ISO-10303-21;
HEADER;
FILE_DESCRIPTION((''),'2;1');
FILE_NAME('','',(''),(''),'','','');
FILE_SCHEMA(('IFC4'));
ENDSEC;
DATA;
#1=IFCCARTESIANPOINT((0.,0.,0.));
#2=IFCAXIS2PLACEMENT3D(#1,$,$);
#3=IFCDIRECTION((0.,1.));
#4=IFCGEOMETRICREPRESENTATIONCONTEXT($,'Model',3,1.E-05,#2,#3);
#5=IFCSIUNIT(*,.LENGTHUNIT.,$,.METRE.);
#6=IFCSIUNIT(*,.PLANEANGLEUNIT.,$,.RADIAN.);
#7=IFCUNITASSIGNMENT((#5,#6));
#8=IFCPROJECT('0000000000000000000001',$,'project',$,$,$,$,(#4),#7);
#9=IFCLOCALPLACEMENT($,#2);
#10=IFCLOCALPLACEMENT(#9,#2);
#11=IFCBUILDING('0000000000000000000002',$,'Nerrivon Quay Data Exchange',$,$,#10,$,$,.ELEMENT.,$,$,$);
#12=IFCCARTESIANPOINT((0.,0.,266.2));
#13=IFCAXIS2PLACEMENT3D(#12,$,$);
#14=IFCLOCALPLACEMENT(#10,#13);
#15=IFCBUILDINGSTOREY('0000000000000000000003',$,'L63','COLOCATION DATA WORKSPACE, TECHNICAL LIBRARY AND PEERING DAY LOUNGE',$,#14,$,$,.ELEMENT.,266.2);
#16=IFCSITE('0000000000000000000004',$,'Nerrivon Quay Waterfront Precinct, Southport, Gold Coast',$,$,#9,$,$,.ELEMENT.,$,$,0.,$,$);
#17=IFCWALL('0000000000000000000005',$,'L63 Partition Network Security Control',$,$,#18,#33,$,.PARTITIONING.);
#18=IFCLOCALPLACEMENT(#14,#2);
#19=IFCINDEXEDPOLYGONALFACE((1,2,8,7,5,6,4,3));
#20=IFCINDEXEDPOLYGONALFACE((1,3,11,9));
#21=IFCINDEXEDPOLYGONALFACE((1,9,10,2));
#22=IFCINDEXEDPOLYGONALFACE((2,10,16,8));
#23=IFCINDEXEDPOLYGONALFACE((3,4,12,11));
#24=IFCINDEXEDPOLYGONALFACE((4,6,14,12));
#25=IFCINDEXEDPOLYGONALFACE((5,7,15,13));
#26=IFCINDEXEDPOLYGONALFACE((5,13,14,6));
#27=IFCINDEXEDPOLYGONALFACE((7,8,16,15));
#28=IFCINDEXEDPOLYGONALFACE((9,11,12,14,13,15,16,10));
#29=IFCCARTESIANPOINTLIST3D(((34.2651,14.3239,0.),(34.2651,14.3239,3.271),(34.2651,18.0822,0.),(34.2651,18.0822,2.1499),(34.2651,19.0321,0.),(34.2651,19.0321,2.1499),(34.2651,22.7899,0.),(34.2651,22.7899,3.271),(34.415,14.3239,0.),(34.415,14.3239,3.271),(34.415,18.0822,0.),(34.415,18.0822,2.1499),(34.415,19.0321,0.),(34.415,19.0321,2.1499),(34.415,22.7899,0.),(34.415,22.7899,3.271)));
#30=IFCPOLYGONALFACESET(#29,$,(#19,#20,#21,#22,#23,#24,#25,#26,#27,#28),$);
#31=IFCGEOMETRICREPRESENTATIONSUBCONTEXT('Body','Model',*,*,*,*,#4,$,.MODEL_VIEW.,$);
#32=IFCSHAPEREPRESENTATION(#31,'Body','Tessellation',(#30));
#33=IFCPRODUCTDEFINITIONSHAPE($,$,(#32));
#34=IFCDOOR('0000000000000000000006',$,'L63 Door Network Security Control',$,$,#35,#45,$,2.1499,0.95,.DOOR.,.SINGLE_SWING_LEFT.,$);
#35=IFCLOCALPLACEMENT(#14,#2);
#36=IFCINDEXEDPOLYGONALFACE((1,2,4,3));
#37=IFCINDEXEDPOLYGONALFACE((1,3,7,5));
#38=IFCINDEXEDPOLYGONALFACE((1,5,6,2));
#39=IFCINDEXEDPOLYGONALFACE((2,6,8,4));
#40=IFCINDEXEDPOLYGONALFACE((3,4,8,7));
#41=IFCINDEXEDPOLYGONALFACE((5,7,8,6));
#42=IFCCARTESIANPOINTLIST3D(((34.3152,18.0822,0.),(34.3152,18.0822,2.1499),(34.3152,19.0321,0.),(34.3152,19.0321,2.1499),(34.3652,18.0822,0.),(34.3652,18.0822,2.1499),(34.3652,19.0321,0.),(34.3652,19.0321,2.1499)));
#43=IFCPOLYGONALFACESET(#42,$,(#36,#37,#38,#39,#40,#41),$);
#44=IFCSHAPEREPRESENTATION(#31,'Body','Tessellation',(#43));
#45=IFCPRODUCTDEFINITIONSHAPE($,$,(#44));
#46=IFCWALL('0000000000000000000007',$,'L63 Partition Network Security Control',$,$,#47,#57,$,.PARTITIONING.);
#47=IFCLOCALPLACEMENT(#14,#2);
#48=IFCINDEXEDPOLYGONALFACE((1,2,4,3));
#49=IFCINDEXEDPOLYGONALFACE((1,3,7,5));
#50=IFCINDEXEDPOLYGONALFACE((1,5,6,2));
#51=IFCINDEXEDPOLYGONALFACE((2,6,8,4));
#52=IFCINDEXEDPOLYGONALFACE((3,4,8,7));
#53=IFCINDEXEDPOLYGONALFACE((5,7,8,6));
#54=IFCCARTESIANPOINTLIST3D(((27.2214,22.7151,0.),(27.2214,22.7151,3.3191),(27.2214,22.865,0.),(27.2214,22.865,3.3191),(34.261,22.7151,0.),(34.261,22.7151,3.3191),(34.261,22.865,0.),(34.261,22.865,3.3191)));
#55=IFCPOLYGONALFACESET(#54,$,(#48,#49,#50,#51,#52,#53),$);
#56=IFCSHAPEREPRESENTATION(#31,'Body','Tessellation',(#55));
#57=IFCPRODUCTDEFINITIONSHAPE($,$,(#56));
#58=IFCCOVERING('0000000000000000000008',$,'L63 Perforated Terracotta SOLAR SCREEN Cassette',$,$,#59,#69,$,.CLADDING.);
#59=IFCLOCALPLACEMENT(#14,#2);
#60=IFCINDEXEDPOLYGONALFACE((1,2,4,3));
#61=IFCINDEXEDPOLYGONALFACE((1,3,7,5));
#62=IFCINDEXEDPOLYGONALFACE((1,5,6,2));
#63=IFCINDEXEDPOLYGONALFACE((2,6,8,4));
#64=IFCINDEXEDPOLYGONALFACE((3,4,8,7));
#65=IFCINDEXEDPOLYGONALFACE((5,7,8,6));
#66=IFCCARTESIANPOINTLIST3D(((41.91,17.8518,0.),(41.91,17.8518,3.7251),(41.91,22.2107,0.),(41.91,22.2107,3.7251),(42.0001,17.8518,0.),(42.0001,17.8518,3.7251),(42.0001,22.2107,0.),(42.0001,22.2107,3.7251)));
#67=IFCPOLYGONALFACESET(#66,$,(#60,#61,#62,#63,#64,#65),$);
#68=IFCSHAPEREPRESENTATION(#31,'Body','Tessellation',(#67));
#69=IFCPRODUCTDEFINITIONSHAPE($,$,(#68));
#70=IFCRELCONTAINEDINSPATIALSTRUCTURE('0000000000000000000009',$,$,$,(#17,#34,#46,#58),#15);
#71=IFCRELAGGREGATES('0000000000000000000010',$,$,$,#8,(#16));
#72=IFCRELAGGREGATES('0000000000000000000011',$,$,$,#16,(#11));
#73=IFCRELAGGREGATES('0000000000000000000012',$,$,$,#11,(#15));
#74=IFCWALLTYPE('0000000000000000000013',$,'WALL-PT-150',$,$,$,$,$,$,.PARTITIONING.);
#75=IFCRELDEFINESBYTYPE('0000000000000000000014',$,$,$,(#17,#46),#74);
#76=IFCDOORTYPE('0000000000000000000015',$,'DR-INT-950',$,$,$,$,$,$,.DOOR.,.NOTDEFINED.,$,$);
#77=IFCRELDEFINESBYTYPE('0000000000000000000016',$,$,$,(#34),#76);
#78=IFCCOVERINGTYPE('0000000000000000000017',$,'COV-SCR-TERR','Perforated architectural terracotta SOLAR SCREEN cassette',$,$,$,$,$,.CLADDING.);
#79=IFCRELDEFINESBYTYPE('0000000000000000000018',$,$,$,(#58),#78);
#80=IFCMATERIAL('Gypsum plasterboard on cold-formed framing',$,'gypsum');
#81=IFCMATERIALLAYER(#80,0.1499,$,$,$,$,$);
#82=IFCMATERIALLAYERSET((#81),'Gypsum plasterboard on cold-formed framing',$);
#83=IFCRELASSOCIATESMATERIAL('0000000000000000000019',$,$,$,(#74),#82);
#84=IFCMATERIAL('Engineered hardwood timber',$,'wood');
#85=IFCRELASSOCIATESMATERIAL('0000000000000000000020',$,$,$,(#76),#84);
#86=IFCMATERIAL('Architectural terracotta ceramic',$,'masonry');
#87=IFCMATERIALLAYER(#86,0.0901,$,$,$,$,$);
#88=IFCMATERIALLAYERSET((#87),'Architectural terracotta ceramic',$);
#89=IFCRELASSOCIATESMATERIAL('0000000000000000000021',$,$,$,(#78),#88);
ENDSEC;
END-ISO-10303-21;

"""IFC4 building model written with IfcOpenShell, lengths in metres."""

from ifc_helpers import new_model, si_unit, direction, frame, frame_2d, origin, origin_2d, place, context, subcontext, project, spatial, rectangle, extrude, material, layer, layer_set, type_object, element, fill, save


model = new_model("IFC4")

# Units and contexts
model_context = context("Model", 3, precision=1e-05, world=origin(), true_north=direction((0.0, 1.0)))
body_context = subcontext(model_context, "Body", "Model", "MODEL_VIEW")
ifc_project = project(units=[si_unit("LENGTHUNIT", "METRE"), si_unit("PLANEANGLEUNIT", "RADIAN")], contexts=[model_context])

# Site, building, storey
site_placement = place(None, origin())
site = spatial("IfcSite", under=ifc_project, at=site_placement, Name="Nerrivon Quay Waterfront Precinct, Southport, Gold Coast", CompositionType="ELEMENT", RefElevation=0.0)
building_placement = place(site_placement, origin())
building = spatial("IfcBuilding", under=site, at=building_placement, Name="Nerrivon Quay Data Exchange", CompositionType="ELEMENT")
storey_placement = place(building_placement, frame((0.0, 0.0, 266.2)))
storey = spatial("IfcBuildingStorey", under=building, at=storey_placement, Name="L63", Description="COLOCATION DATA WORKSPACE, TECHNICAL LIBRARY AND PEERING DAY LOUNGE", CompositionType="ELEMENT", Elevation=266.2)

# Wall, opening, door
ifc_material_1 = material(Name="Gypsum plasterboard on cold-formed framing", Category="gypsum")
ifc_material_2 = material(Name="Engineered hardwood timber", Category="wood")
ifc_layer_1 = layer(ifc_material_1, 0.1499)
ifc_layer_set_1 = layer_set([ifc_layer_1], Name="Gypsum plasterboard on cold-formed framing")
wall_type_1 = type_object("IfcWallType", Name="WALL-PT-150", PredefinedType="PARTITIONING", material=ifc_layer_set_1)
wall_1_placement = place(storey_placement, frame((34.3401, 14.324, 0.0), z_axis=(0.0, 0.0, 1.0), x_axis=(0.0, 1.0, 0.0)))
wall_1 = element("IfcWall", 1, at=wall_1_placement, inside=storey, type_object=wall_type_1, Name="L63 Partition Network Security Control", PredefinedType="PARTITIONING", context=body_context, shape_type="SweptSolid", body=[
    extrude(rectangle(XDim=8.4661, YDim=0.1499, at=frame_2d((4.2329, 0.0))), origin(), (0.0, 0.0, 1.0), 3.271),
])
opening_1_placement = place(wall_1_placement, frame((3.7581, 0.0, 0.0)))
opening_1 = element("IfcOpeningElement", 2, at=opening_1_placement, cuts=wall_1, PredefinedType="OPENING", context=body_context, shape_type="SweptSolid", body=[
    extrude(rectangle(XDim=0.95, YDim=2.1499, at=frame_2d((0.4751, 1.075))), frame((0.0, 0.085, 0.0), z_axis=(0.0, -1.0, 0.0), x_axis=(1.0, 0.0, 0.0)), (0.0, 0.0, 1.0), 0.1699),
])
door_type_1 = type_object("IfcDoorType", Name="DR-INT-950", OperationType="NOTDEFINED", PredefinedType="DOOR", material=ifc_material_2)
door_1_placement = place(opening_1_placement, origin())
door_1 = element("IfcDoor", 3, at=door_1_placement, inside=storey, type_object=door_type_1, Name="L63 Door Network Security Control", OperationType="SINGLE_SWING_LEFT", OverallHeight=2.1499, OverallWidth=0.95, PredefinedType="DOOR", context=body_context, shape_type="SweptSolid", body=[
    extrude(rectangle(XDim=0.95, YDim=2.1499, at=frame_2d((0.4751, 1.075))), frame((0.0, 0.0249, 0.0), z_axis=(0.0, -1.0, 0.0), x_axis=(1.0, 0.0, 0.0)), (0.0, 0.0, 1.0), 0.05),
])
fill(opening_1, door_1)

# Wall
wall_2_placement = place(storey_placement, frame((34.261, 22.79, 0.0), z_axis=(0.0, 0.0, 1.0), x_axis=(-1.0, 0.0, 0.0)))
element("IfcWall", 4, at=wall_2_placement, inside=storey, type_object=wall_type_1, Name="L63 Partition Network Security Control", PredefinedType="PARTITIONING", context=body_context, shape_type="SweptSolid", body=[
    extrude(rectangle(XDim=7.0396, YDim=0.1499, at=frame_2d((3.5198, 0.0))), origin(), (0.0, 0.0, 1.0), 3.3191),
])

# Covering
ifc_material_3 = material(Name="Architectural terracotta ceramic", Category="masonry")
ifc_layer_2 = layer(ifc_material_3, 0.0901)
ifc_layer_set_2 = layer_set([ifc_layer_2], Name="Architectural terracotta ceramic")
covering_type = type_object("IfcCoveringType", Name="COV-SCR-TERR", Description="Perforated architectural terracotta SOLAR SCREEN cassette", PredefinedType="CLADDING", material=ifc_layer_set_2)
covering_placement = place(storey_placement, frame((41.9551, 20.0312, 0.0), z_axis=(0.0, 0.0, 1.0), x_axis=(0.0, -1.0, 0.0)))
element("IfcCovering", 5, at=covering_placement, inside=storey, type_object=covering_type, Name="L63 Perforated Terracotta SOLAR SCREEN Cassette", PredefinedType="CLADDING", context=body_context, shape_type="SweptSolid", body=[
    extrude(rectangle(XDim=4.3589, YDim=0.0901, at=origin_2d()), origin(), (0.0, 0.0, 1.0), 3.7251),
])

save(model, "model.ifc")
